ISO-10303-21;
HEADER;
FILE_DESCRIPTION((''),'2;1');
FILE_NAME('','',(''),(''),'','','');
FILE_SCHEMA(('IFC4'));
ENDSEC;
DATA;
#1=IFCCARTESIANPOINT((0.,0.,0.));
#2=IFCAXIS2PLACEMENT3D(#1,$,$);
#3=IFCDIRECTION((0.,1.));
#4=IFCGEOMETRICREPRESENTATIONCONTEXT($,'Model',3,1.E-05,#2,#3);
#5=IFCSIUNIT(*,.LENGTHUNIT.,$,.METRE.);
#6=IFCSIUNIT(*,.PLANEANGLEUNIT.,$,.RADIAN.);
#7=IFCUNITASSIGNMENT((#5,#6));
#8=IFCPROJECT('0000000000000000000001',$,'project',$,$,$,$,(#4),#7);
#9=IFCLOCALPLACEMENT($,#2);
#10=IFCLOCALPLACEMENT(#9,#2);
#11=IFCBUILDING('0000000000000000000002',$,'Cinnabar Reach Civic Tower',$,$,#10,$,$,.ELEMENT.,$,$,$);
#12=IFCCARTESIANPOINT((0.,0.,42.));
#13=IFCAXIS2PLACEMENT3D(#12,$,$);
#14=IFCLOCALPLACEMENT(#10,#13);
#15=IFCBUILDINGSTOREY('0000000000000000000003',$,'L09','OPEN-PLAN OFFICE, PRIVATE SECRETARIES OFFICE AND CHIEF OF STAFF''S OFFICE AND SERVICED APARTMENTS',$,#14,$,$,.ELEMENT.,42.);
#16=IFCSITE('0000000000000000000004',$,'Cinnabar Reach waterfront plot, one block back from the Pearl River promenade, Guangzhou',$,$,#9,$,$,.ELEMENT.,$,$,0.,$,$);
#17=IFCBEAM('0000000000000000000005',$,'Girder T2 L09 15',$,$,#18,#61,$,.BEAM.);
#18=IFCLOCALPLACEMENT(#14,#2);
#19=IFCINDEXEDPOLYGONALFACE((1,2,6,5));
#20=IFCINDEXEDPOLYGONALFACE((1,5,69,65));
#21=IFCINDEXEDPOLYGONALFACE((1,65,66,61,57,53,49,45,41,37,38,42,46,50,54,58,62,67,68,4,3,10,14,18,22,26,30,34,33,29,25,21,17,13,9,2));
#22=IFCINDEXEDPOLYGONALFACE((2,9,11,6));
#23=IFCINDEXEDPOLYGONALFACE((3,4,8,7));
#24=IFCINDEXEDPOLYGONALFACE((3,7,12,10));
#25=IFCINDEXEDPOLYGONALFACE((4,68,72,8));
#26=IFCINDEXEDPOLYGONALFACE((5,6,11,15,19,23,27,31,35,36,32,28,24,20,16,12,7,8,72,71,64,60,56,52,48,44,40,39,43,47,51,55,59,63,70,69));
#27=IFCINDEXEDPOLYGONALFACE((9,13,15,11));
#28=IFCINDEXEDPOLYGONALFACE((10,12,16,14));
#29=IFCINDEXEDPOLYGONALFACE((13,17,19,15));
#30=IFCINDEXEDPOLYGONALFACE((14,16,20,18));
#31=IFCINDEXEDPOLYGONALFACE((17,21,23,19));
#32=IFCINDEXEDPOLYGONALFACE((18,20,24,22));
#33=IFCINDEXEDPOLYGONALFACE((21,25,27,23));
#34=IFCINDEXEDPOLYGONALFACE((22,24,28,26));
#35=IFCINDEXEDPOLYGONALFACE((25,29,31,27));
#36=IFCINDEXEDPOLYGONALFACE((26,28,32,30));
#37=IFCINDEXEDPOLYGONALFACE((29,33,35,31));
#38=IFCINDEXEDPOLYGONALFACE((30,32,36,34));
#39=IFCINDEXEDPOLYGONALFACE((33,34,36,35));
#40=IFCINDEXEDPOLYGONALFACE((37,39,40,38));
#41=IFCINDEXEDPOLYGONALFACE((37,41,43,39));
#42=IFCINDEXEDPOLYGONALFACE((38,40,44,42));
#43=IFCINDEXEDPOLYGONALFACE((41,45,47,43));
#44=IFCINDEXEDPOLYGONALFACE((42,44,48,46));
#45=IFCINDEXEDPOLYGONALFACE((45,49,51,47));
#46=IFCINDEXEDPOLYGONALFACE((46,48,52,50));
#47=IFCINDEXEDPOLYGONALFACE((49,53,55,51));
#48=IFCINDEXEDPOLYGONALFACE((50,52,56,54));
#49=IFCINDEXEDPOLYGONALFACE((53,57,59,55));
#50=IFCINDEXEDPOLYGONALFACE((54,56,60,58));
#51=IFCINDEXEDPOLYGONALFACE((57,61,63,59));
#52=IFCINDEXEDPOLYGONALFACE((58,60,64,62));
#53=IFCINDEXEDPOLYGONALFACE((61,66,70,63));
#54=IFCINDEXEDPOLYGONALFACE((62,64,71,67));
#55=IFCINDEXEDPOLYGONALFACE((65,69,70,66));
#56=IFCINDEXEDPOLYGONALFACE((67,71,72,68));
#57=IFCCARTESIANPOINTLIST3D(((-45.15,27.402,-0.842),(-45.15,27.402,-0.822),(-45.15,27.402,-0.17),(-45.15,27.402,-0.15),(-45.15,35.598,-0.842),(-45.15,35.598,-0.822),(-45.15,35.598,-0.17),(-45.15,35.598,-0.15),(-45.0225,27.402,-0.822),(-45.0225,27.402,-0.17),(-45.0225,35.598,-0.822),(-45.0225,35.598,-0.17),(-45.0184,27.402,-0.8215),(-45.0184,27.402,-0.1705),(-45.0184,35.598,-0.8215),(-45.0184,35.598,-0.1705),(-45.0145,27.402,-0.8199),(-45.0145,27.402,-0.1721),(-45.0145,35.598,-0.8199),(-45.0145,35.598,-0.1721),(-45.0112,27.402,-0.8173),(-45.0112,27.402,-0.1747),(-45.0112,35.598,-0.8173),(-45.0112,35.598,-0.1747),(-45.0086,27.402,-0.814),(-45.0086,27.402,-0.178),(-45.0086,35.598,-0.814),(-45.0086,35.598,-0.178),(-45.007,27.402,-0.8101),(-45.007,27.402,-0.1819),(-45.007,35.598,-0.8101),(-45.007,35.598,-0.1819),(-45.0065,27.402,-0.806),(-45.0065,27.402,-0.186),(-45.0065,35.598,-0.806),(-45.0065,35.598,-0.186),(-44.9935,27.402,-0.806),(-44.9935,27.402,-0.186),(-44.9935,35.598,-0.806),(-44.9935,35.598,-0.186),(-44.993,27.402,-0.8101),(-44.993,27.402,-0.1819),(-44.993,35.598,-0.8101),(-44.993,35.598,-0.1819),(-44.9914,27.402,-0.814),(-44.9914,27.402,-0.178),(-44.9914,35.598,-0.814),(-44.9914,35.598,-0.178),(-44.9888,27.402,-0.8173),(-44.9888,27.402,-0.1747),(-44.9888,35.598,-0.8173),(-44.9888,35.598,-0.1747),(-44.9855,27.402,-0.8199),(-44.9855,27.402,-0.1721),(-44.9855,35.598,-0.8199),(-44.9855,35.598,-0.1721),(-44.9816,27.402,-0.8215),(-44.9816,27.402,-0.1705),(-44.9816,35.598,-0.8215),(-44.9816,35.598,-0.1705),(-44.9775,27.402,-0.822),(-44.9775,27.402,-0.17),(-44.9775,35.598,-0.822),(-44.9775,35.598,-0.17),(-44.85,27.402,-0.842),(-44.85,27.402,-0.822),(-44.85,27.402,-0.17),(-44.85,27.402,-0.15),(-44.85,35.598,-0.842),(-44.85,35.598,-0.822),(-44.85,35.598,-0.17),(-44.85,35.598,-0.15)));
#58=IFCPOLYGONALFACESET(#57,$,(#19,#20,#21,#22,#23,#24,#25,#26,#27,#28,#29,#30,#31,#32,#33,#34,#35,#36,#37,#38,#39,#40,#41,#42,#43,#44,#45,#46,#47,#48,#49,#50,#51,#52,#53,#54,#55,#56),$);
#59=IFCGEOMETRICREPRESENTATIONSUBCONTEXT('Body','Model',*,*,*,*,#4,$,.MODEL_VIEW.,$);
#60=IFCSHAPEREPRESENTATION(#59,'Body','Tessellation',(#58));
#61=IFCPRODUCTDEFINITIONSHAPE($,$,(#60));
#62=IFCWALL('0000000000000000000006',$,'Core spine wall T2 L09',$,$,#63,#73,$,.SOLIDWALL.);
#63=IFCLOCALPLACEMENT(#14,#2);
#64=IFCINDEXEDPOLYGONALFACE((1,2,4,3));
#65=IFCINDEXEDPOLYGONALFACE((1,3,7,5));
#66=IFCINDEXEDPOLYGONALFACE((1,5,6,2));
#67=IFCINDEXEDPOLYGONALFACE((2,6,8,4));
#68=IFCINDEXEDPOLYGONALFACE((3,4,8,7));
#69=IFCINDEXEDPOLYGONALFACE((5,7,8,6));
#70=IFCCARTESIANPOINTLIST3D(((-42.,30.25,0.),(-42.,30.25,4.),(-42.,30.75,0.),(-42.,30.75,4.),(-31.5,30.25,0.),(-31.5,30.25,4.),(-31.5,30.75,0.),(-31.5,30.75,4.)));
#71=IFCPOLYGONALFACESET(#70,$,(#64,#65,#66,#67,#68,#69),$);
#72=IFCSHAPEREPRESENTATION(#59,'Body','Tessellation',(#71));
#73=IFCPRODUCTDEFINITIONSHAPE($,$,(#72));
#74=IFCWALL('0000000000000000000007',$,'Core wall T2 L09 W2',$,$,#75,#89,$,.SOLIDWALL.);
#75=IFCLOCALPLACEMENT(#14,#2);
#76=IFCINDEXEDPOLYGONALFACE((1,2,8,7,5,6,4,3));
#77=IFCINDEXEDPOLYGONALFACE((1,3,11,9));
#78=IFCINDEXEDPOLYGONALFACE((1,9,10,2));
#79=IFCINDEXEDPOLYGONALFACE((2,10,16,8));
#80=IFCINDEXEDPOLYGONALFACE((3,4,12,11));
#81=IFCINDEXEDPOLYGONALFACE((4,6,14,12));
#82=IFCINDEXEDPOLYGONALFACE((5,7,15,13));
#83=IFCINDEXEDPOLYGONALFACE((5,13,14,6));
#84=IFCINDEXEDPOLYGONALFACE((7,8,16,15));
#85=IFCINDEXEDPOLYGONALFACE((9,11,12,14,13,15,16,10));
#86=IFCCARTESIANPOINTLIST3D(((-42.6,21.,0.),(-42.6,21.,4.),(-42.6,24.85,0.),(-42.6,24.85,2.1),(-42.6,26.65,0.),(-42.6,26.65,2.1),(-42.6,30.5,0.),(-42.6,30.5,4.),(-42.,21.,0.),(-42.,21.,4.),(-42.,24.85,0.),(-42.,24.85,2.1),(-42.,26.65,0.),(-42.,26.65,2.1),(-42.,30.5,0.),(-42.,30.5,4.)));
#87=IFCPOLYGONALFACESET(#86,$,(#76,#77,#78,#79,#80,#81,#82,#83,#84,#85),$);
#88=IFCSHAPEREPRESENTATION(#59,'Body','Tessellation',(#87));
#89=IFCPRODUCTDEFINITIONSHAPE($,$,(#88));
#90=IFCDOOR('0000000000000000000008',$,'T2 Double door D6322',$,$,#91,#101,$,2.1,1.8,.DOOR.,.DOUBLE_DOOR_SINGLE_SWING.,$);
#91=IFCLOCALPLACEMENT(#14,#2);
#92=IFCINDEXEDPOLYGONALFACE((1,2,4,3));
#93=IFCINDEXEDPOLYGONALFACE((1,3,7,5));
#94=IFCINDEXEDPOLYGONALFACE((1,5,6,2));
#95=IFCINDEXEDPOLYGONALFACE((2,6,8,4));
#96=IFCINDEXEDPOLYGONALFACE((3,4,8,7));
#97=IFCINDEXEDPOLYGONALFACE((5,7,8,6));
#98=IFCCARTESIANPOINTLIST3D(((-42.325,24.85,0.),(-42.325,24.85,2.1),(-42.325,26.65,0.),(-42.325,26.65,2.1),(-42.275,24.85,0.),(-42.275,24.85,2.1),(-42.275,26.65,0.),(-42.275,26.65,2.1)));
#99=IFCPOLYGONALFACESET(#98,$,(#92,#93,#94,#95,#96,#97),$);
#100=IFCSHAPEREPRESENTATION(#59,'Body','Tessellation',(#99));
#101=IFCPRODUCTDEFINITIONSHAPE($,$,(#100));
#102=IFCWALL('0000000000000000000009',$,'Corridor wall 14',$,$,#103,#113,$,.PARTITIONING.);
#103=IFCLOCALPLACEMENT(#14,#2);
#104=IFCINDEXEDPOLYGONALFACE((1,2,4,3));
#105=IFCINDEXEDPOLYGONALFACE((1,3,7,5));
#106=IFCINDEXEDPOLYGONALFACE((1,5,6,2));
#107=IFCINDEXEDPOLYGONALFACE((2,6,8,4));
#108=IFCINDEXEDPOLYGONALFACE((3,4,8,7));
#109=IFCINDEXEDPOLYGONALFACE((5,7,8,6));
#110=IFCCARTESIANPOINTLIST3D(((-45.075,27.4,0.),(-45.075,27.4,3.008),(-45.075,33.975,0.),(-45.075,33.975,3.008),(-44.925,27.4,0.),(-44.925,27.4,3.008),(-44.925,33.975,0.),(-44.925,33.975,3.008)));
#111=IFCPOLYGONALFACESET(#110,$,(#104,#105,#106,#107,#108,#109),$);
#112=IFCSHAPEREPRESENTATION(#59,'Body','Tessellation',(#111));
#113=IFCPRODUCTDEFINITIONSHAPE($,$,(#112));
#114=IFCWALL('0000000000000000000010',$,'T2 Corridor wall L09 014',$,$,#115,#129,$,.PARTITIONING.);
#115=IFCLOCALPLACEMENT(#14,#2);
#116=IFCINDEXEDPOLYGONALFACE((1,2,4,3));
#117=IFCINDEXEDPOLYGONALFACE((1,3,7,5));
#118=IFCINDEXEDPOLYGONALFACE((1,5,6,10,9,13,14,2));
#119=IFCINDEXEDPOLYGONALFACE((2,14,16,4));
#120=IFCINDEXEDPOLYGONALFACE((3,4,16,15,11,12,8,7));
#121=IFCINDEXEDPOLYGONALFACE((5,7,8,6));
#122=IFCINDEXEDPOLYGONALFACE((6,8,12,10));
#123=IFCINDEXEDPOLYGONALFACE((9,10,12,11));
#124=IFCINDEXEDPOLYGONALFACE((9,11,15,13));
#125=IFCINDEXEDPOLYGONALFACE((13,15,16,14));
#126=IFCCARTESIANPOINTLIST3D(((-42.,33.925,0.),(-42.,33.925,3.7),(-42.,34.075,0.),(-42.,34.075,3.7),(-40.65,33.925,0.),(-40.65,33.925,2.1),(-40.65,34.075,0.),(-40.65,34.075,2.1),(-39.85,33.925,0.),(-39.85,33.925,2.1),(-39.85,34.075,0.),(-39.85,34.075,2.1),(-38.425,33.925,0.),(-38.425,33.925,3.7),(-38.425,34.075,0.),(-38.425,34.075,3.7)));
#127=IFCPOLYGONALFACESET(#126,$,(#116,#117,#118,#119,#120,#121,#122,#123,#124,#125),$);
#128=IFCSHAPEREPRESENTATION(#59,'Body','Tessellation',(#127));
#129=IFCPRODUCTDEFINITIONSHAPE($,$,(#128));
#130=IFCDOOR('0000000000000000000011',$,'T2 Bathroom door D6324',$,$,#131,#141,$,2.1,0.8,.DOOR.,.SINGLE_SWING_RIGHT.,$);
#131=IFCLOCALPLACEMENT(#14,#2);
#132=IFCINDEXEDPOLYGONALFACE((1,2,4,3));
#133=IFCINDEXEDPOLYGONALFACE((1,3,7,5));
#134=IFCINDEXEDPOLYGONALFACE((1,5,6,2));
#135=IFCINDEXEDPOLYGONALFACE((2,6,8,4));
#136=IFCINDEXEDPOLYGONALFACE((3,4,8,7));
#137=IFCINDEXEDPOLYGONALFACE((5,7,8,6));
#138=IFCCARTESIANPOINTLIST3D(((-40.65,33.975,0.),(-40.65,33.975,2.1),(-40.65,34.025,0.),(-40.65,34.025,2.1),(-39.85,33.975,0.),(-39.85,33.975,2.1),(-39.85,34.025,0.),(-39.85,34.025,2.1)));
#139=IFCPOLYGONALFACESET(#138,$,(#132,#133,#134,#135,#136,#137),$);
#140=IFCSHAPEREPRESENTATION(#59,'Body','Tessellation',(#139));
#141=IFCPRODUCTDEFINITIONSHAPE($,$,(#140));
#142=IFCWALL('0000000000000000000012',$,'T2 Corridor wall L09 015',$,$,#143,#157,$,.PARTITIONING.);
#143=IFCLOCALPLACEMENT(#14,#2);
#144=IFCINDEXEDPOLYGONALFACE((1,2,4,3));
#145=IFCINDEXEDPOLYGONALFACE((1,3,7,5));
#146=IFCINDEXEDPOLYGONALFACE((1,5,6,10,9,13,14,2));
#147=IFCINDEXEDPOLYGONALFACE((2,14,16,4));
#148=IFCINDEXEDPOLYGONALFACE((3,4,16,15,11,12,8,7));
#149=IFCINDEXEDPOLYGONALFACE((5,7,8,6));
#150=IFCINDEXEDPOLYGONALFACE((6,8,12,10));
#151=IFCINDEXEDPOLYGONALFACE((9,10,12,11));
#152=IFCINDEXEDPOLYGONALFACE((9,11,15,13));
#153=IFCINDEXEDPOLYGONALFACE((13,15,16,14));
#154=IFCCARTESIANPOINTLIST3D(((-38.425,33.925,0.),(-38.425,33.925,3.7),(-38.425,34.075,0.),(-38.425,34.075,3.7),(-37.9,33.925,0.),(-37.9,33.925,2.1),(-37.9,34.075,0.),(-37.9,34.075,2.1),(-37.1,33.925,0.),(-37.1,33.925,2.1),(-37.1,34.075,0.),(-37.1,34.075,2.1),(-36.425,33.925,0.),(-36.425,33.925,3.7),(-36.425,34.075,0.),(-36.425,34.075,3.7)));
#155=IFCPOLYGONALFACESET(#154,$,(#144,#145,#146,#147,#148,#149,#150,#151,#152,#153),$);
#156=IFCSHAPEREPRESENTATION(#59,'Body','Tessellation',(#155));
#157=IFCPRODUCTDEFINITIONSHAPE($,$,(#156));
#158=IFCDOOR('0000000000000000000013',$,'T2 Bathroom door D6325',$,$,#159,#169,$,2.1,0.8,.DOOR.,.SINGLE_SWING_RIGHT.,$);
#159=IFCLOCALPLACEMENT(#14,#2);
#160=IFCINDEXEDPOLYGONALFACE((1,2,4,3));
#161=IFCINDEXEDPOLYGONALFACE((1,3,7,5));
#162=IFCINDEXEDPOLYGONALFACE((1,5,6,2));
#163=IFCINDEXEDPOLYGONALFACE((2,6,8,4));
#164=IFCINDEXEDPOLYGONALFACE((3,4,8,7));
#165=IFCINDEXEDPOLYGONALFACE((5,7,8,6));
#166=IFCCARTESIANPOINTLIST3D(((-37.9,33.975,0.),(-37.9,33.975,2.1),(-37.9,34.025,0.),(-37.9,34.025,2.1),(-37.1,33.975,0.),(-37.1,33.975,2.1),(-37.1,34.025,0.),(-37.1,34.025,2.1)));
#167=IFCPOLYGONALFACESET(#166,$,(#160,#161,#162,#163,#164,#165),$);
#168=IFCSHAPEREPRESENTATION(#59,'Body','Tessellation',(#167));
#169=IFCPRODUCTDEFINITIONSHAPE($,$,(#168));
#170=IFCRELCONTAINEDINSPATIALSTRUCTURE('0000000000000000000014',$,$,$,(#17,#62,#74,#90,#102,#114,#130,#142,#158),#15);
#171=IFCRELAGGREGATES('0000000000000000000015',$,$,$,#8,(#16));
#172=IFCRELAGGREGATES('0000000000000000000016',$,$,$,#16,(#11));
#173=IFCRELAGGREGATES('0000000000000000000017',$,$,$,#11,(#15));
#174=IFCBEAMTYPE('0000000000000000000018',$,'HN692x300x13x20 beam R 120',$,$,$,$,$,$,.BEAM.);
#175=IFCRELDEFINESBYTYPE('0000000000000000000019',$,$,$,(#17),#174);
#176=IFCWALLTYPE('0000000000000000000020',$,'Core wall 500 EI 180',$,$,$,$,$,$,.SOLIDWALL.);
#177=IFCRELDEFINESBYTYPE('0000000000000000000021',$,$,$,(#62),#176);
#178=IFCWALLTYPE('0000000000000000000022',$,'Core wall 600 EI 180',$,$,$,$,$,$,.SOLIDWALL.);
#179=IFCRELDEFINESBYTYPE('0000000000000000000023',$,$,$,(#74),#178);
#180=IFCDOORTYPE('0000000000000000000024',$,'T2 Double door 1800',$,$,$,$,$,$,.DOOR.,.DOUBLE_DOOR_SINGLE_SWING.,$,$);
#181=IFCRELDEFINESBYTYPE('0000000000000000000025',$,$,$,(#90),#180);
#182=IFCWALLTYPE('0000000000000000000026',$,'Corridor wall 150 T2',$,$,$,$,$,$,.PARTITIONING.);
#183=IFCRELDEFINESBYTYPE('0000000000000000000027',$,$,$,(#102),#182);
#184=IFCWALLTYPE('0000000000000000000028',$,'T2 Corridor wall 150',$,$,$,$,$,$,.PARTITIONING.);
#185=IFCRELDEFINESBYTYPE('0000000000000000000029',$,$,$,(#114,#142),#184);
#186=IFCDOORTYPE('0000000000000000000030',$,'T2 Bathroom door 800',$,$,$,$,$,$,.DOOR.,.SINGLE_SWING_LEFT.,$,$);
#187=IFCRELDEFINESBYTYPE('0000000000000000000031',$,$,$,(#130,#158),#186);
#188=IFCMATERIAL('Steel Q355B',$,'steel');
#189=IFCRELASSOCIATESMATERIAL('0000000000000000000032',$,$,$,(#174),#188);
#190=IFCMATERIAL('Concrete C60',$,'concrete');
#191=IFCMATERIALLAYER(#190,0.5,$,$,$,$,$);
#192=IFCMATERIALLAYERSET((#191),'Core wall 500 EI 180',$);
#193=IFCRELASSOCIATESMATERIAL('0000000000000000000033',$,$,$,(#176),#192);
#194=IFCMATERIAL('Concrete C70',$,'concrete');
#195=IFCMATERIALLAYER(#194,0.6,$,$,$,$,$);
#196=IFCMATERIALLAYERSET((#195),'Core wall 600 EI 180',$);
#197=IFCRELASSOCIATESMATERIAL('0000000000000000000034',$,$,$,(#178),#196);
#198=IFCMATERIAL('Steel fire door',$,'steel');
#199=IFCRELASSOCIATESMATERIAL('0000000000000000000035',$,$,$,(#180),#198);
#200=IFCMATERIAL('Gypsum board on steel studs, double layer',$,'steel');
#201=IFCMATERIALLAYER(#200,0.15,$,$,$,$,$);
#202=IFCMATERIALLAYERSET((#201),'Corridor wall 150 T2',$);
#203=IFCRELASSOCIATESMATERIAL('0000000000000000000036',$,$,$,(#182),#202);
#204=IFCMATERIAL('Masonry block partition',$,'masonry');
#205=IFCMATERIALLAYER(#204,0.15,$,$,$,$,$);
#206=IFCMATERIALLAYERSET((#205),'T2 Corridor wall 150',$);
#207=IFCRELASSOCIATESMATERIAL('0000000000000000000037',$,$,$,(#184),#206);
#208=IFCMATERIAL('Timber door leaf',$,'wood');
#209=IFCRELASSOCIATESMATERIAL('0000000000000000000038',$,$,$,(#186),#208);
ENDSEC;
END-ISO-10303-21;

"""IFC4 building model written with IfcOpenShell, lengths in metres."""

from ifc_helpers import new_model, si_unit, direction, frame, frame_2d, origin, origin_2d, place, context, subcontext, project, spatial, rectangle, i_section, extrude, material, layer, layer_set, material_profile, profile_set, type_object, element, fill, save


model = new_model("IFC4")

# Units and contexts
model_context = context("Model", 3, precision=1e-05, world=origin(), true_north=direction((0.0, 1.0)))
body_context = subcontext(model_context, "Body", "Model", "MODEL_VIEW")
ifc_project = project(units=[si_unit("LENGTHUNIT", "METRE"), si_unit("PLANEANGLEUNIT", "RADIAN")], contexts=[model_context])

# Site, building, storey
site_placement = place(None, origin())
site = spatial("IfcSite", under=ifc_project, at=site_placement, Name="Cinnabar Reach waterfront plot, one block back from the Pearl River promenade, Guangzhou", CompositionType="ELEMENT", RefElevation=0.0)
building_placement = place(site_placement, origin())
building = spatial("IfcBuilding", under=site, at=building_placement, Name="Cinnabar Reach Civic Tower", CompositionType="ELEMENT")
storey_placement = place(building_placement, frame((0.0, 0.0, 42.0)))
storey = spatial("IfcBuildingStorey", under=building, at=storey_placement, Name="L09", Description="OPEN-PLAN OFFICE, PRIVATE SECRETARIES OFFICE AND CHIEF OF STAFF'S OFFICE AND SERVICED APARTMENTS", CompositionType="ELEMENT", Elevation=42.0)

# Shared definitions
ifc_material_1 = material(Name="Concrete C60", Category="concrete")

# Beam
ifc_material_2 = material(Name="Steel Q355B", Category="steel")
ifc_material_profile_1 = material_profile(ifc_material_2, i_section(OverallWidth=0.3, OverallDepth=0.692, WebThickness=0.013, FlangeThickness=0.02, FilletRadius=0.016, at=origin_2d()), Name="HN692x300x13x20")
ifc_profile_set_1 = profile_set([ifc_material_profile_1], Name="Steel Q355B")
beam_type_1 = type_object("IfcBeamType", Name="HN692x300x13x20 beam R 120", PredefinedType="BEAM", material=ifc_profile_set_1)
beam_1_placement = place(storey_placement, frame((-45.0, 27.402, -0.496), z_axis=(0.0, 1.0, 0.0), x_axis=(-1.0, 0.0, 0.0)))
element("IfcBeam", 1, at=beam_1_placement, inside=storey, type_object=beam_type_1, Name="Girder T2 L09 15", PredefinedType="BEAM", context=body_context, shape_type="SweptSolid", body=[
    extrude(i_section(OverallWidth=0.3, OverallDepth=0.692, WebThickness=0.013, FlangeThickness=0.02, FilletRadius=0.016, at=origin_2d()), origin(), (0.0, 0.0, 1.0), 8.196),
])

# Wall
ifc_layer_1 = layer(ifc_material_1, 0.5)
ifc_layer_set_1 = layer_set([ifc_layer_1], Name="Core wall 500 EI 180")
wall_type_1 = type_object("IfcWallType", Name="Core wall 500 EI 180", PredefinedType="SOLIDWALL", material=ifc_layer_set_1)
wall_1_placement = place(storey_placement, frame((-42.0, 30.5, 0.0), z_axis=(0.0, 0.0, 1.0), x_axis=(1.0, 0.0, 0.0)))
element("IfcWall", 2, at=wall_1_placement, inside=storey, type_object=wall_type_1, Name="Core spine wall T2 L09", PredefinedType="SOLIDWALL", context=body_context, shape_type="SweptSolid", body=[
    extrude(rectangle(XDim=10.5, YDim=0.5, at=frame_2d((5.25, 0.0))), origin(), (0.0, 0.0, 1.0), 4.0),
])

# Wall, opening, door
ifc_material_3 = material(Name="Concrete C70", Category="concrete")
ifc_layer_2 = layer(ifc_material_3, 0.6)
ifc_layer_set_2 = layer_set([ifc_layer_2], Name="Core wall 600 EI 180")
wall_type_2 = type_object("IfcWallType", Name="Core wall 600 EI 180", PredefinedType="SOLIDWALL", material=ifc_layer_set_2)
wall_2_placement = place(storey_placement, frame((-42.3, 30.5, 0.0), z_axis=(0.0, 0.0, 1.0), x_axis=(0.0, -1.0, 0.0)))
wall_2 = element("IfcWall", 3, at=wall_2_placement, inside=storey, type_object=wall_type_2, Name="Core wall T2 L09 W2", PredefinedType="SOLIDWALL", context=body_context, shape_type="SweptSolid", body=[
    extrude(rectangle(XDim=9.5, YDim=0.6, at=frame_2d((4.75, 0.0))), origin(), (0.0, 0.0, 1.0), 4.0),
])
opening_1_placement = place(wall_2_placement, frame((3.85, 0.0, 0.0)))
opening_1 = element("IfcOpeningElement", 4, at=opening_1_placement, cuts=wall_2, PredefinedType="OPENING", context=body_context, shape_type="SweptSolid", body=[
    extrude(rectangle(XDim=1.8, YDim=2.1, at=frame_2d((0.9, 1.05))), frame((0.0, 0.31, 0.0), z_axis=(0.0, -1.0, 0.0), x_axis=(1.0, 0.0, 0.0)), (0.0, 0.0, 1.0), 0.62),
])
ifc_material_4 = material(Name="Steel fire door", Category="steel")
door_type_1 = type_object("IfcDoorType", Name="T2 Double door 1800", OperationType="DOUBLE_DOOR_SINGLE_SWING", PredefinedType="DOOR", material=ifc_material_4)
door_1_placement = place(opening_1_placement, origin())
door_1 = element("IfcDoor", 5, at=door_1_placement, inside=storey, type_object=door_type_1, Name="T2 Double door D6322", OperationType="DOUBLE_DOOR_SINGLE_SWING", OverallHeight=2.1, OverallWidth=1.8, PredefinedType="DOOR", context=body_context, shape_type="SweptSolid", body=[
    extrude(rectangle(XDim=1.8, YDim=2.1, at=frame_2d((0.9, 1.05))), frame((0.0, 0.025, 0.0), z_axis=(0.0, -1.0, 0.0), x_axis=(1.0, 0.0, 0.0)), (0.0, 0.0, 1.0), 0.05),
])
fill(opening_1, door_1)

# Wall
ifc_material_5 = material(Name="Gypsum board on steel studs, double layer", Category="steel")
ifc_layer_3 = layer(ifc_material_5, 0.15)
ifc_layer_set_3 = layer_set([ifc_layer_3], Name="Corridor wall 150 T2")
wall_type_3 = type_object("IfcWallType", Name="Corridor wall 150 T2", PredefinedType="PARTITIONING", material=ifc_layer_set_3)
wall_3_placement = place(storey_placement, frame((-45.0, 27.4, 0.0), z_axis=(0.0, 0.0, 1.0), x_axis=(0.0, 1.0, 0.0)))
element("IfcWall", 6, at=wall_3_placement, inside=storey, type_object=wall_type_3, Name="Corridor wall 14", PredefinedType="PARTITIONING", context=body_context, shape_type="SweptSolid", body=[
    extrude(rectangle(XDim=6.575, YDim=0.15, at=frame_2d((3.2875, 0.0))), origin(), (0.0, 0.0, 1.0), 3.008),
])

# Walls, openings, doors
ifc_material_6 = material(Name="Masonry block partition", Category="masonry")
ifc_layer_4 = layer(ifc_material_6, 0.15)
ifc_layer_set_4 = layer_set([ifc_layer_4], Name="T2 Corridor wall 150")
wall_type_4 = type_object("IfcWallType", Name="T2 Corridor wall 150", PredefinedType="PARTITIONING", material=ifc_layer_set_4)
wall_4_placement = place(storey_placement, frame((-38.425, 34.0, 0.0), z_axis=(0.0, 0.0, 1.0), x_axis=(-1.0, 0.0, 0.0)))
wall_4 = element("IfcWall", 7, at=wall_4_placement, inside=storey, type_object=wall_type_4, Name="T2 Corridor wall L09 014", PredefinedType="PARTITIONING", context=body_context, shape_type="SweptSolid", body=[
    extrude(rectangle(XDim=3.575, YDim=0.15, at=frame_2d((1.7875, 0.0))), origin(), (0.0, 0.0, 1.0), 3.7),
])
opening_2_placement = place(wall_4_placement, frame((1.425, 0.0, 0.0)))
opening_2 = element("IfcOpeningElement", 8, at=opening_2_placement, cuts=wall_4, PredefinedType="OPENING", context=body_context, shape_type="SweptSolid", body=[
    extrude(rectangle(XDim=0.8, YDim=2.1, at=frame_2d((0.4, 1.05))), frame((0.0, 0.085, 0.0), z_axis=(0.0, -1.0, 0.0), x_axis=(1.0, 0.0, 0.0)), (0.0, 0.0, 1.0), 0.17),
])
ifc_material_7 = material(Name="Timber door leaf", Category="wood")
door_type_2 = type_object("IfcDoorType", Name="T2 Bathroom door 800", OperationType="SINGLE_SWING_LEFT", PredefinedType="DOOR", material=ifc_material_7)
door_2_placement = place(opening_2_placement, frame((0.8, 0.0, 0.0), z_axis=(0.0, 0.0, 1.0), x_axis=(-1.0, 0.0, 0.0)))
door_2 = element("IfcDoor", 9, at=door_2_placement, inside=storey, type_object=door_type_2, Name="T2 Bathroom door D6324", OperationType="SINGLE_SWING_RIGHT", OverallHeight=2.1, OverallWidth=0.8, PredefinedType="DOOR", context=body_context, shape_type="SweptSolid", body=[
    extrude(rectangle(XDim=0.8, YDim=2.1, at=frame_2d((0.4, 1.05))), frame((0.0, 0.025, 0.0), z_axis=(0.0, -1.0, 0.0), x_axis=(1.0, 0.0, 0.0)), (0.0, 0.0, 1.0), 0.05),
])
fill(opening_2, door_2)
wall_5_placement = place(storey_placement, frame((-36.425, 34.0, 0.0), z_axis=(0.0, 0.0, 1.0), x_axis=(-1.0, 0.0, 0.0)))
wall_5 = element("IfcWall", 10, at=wall_5_placement, inside=storey, type_object=wall_type_4, Name="T2 Corridor wall L09 015", PredefinedType="PARTITIONING", context=body_context, shape_type="SweptSolid", body=[
    extrude(rectangle(XDim=2.0, YDim=0.15, at=frame_2d((1.0, 0.0))), origin(), (0.0, 0.0, 1.0), 3.7),
])
opening_3_placement = place(wall_5_placement, frame((0.675, 0.0, 0.0)))
opening_3 = element("IfcOpeningElement", 11, at=opening_3_placement, cuts=wall_5, PredefinedType="OPENING", context=body_context, shape_type="SweptSolid", body=[
    extrude(rectangle(XDim=0.8, YDim=2.1, at=frame_2d((0.4, 1.05))), frame((0.0, 0.085, 0.0), z_axis=(0.0, -1.0, 0.0), x_axis=(1.0, 0.0, 0.0)), (0.0, 0.0, 1.0), 0.17),
])
door_3_placement = place(opening_3_placement, frame((0.8, 0.0, 0.0), z_axis=(0.0, 0.0, 1.0), x_axis=(-1.0, 0.0, 0.0)))
door_3 = element("IfcDoor", 12, at=door_3_placement, inside=storey, type_object=door_type_2, Name="T2 Bathroom door D6325", OperationType="SINGLE_SWING_RIGHT", OverallHeight=2.1, OverallWidth=0.8, PredefinedType="DOOR", context=body_context, shape_type="SweptSolid", body=[
    extrude(rectangle(XDim=0.8, YDim=2.1, at=frame_2d((0.4, 1.05))), frame((0.0, 0.025, 0.0), z_axis=(0.0, -1.0, 0.0), x_axis=(1.0, 0.0, 0.0)), (0.0, 0.0, 1.0), 0.05),
])
fill(opening_3, door_3)

save(model, "model.ifc")
